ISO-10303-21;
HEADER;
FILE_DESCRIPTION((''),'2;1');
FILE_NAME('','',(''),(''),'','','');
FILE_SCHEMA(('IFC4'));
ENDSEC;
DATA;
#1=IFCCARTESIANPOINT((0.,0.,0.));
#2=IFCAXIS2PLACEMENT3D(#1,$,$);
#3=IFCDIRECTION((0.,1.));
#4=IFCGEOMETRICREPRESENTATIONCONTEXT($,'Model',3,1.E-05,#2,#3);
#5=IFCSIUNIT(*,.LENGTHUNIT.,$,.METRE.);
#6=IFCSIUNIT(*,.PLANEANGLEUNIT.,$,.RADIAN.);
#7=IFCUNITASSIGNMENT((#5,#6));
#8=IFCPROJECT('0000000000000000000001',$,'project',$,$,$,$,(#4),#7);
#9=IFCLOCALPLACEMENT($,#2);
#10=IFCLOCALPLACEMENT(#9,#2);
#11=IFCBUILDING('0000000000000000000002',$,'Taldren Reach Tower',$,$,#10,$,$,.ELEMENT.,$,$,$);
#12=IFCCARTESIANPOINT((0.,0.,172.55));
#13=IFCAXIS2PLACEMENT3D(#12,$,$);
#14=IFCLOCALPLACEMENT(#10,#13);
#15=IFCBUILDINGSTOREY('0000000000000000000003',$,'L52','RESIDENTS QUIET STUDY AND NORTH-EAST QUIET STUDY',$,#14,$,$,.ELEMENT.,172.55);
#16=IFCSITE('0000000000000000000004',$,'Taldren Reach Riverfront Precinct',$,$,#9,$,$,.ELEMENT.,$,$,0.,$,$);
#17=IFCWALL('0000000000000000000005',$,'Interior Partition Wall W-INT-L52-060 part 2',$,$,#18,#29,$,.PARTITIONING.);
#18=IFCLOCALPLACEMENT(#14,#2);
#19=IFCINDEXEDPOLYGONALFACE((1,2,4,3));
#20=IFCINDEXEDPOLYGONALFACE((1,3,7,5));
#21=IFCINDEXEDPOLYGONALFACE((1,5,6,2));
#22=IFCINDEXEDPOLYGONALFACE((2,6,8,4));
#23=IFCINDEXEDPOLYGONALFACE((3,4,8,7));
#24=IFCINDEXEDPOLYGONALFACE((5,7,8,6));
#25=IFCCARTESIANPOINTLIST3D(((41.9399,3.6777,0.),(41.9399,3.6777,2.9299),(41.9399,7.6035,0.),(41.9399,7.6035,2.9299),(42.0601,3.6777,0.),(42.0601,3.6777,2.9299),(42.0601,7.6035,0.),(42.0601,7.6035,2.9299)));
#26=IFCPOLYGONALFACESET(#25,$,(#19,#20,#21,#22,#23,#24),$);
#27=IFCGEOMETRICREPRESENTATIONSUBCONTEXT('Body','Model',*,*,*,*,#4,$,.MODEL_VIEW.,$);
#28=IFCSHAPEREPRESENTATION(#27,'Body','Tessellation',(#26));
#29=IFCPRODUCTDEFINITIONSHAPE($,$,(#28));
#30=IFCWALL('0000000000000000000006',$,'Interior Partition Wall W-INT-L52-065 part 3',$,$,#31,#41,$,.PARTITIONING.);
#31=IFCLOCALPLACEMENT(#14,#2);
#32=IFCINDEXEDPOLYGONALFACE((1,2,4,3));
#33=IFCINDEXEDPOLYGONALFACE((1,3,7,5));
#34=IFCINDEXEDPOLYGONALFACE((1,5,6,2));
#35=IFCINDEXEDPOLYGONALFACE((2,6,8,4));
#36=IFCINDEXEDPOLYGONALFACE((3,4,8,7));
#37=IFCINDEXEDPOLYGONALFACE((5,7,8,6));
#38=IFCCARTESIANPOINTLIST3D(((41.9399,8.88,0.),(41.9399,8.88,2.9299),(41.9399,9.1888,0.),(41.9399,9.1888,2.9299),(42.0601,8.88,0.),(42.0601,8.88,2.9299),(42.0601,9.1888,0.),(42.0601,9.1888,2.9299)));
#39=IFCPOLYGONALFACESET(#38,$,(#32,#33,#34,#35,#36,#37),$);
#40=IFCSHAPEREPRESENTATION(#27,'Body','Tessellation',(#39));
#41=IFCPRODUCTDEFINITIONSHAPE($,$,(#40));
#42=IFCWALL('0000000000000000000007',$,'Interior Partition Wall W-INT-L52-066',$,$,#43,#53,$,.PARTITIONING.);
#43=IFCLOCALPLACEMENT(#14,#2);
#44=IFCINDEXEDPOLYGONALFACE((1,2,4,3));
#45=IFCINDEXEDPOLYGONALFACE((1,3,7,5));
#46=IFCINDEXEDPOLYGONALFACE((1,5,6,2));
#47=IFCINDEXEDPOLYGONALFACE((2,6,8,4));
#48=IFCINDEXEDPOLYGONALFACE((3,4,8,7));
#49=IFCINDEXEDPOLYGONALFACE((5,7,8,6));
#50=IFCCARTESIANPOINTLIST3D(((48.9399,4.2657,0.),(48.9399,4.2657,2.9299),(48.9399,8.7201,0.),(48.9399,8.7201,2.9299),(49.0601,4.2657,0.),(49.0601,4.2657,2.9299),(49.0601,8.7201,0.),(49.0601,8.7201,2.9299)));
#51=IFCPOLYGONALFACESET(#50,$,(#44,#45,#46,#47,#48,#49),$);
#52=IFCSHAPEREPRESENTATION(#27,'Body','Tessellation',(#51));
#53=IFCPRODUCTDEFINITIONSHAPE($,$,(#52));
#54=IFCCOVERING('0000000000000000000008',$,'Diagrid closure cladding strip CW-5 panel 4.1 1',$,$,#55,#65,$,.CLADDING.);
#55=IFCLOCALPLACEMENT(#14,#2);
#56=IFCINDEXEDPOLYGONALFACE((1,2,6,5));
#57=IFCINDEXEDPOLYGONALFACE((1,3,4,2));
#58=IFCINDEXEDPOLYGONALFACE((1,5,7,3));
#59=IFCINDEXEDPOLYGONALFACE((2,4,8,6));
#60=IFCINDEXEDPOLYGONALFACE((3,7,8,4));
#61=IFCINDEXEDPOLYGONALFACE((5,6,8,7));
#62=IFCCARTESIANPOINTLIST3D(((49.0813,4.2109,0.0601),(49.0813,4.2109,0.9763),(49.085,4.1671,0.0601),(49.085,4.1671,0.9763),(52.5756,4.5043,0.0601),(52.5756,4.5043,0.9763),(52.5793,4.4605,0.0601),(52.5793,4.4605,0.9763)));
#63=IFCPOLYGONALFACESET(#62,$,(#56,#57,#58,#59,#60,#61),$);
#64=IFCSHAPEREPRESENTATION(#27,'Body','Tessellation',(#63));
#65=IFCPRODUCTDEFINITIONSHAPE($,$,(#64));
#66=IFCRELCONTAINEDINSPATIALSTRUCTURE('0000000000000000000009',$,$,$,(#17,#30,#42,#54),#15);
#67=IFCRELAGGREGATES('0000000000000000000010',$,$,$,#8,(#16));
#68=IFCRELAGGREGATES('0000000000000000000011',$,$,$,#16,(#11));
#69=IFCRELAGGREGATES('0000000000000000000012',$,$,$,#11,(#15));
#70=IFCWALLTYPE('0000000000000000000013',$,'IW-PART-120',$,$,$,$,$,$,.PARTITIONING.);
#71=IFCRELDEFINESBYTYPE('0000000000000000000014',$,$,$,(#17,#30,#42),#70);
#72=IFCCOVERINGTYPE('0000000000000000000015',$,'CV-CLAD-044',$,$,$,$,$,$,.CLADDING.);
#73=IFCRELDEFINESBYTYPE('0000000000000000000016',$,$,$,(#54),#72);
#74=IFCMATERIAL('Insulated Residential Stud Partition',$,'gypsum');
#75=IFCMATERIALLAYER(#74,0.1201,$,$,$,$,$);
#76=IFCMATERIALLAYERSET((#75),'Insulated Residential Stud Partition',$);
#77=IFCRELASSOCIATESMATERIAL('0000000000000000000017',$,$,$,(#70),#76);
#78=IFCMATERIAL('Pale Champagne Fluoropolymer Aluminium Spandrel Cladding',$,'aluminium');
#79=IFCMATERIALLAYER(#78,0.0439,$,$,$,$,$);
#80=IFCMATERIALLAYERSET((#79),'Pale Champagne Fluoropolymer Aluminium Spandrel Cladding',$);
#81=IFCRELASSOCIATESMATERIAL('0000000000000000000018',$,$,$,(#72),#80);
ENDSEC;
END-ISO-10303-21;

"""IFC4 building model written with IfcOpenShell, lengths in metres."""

from ifc_helpers import new_model, si_unit, direction, frame, frame_2d, origin, origin_2d, place, context, subcontext, project, spatial, rectangle, extrude, source, transform, mapped, material, layer, layer_set, type_object, element, save


model = new_model("IFC4")

# Units and contexts
model_context = context("Model", 3, precision=1e-05, world=origin(), true_north=direction((0.0, 1.0)))
body_context = subcontext(model_context, "Body", "Model", "MODEL_VIEW")
ifc_project = project(units=[si_unit("LENGTHUNIT", "METRE"), si_unit("PLANEANGLEUNIT", "RADIAN")], contexts=[model_context])

# Site, building, storey
site_placement = place(None, origin())
site = spatial("IfcSite", under=ifc_project, at=site_placement, Name="Taldren Reach Riverfront Precinct", CompositionType="ELEMENT", RefElevation=0.0)
building_placement = place(site_placement, origin())
building = spatial("IfcBuilding", under=site, at=building_placement, Name="Taldren Reach Tower", CompositionType="ELEMENT")
storey_placement = place(building_placement, frame((0.0, 0.0, 172.55)))
storey = spatial("IfcBuildingStorey", under=building, at=storey_placement, Name="L52", Description="RESIDENTS QUIET STUDY AND NORTH-EAST QUIET STUDY", CompositionType="ELEMENT", Elevation=172.55)

# Shared definitions
ifc_material_1 = material(Name="Insulated Residential Stud Partition", Category="gypsum")
ifc_layer_1 = layer(ifc_material_1, 0.1201)
ifc_layer_set_1 = layer_set([ifc_layer_1], Name="Insulated Residential Stud Partition")
wall_type_1 = type_object("IfcWallType", Name="IW-PART-120", PredefinedType="PARTITIONING", material=ifc_layer_set_1)

# Walls
shared_shape_1 = source(origin(), body_context, "Body", "SweptSolid", [
    extrude(rectangle(XDim=3.9258, YDim=0.1201, at=frame_2d((1.9629, 0.0))), origin(), (0.0, 0.0, 1.0), 2.9299),
])
wall_1_placement = place(storey_placement, frame((42.0, 7.6035, 0.0), z_axis=(0.0, 0.0, 1.0), x_axis=(0.0, -1.0, 0.0)))
element("IfcWall", 1, at=wall_1_placement, inside=storey, type_object=wall_type_1, Name="Interior Partition Wall W-INT-L52-060 part 2", PredefinedType="PARTITIONING", context=body_context, shape_type="MappedRepresentation", body=[
    mapped(shared_shape_1, transform((0.0, 0.0, 0.0), scale=1.0)),
])
shared_shape_2 = source(origin(), body_context, "Body", "SweptSolid", [
    extrude(rectangle(XDim=0.3088, YDim=0.1201, at=frame_2d((0.1543, 0.0))), origin(), (0.0, 0.0, 1.0), 2.9299),
])
wall_2_placement = place(storey_placement, frame((42.0, 9.1887, 0.0), z_axis=(0.0, 0.0, 1.0), x_axis=(0.0, -1.0, 0.0)))
element("IfcWall", 2, at=wall_2_placement, inside=storey, type_object=wall_type_1, Name="Interior Partition Wall W-INT-L52-065 part 3", PredefinedType="PARTITIONING", context=body_context, shape_type="MappedRepresentation", body=[
    mapped(shared_shape_2, transform((0.0, 0.0, 0.0), scale=1.0)),
])
shared_shape_3 = source(origin(), body_context, "Body", "SweptSolid", [
    extrude(rectangle(XDim=4.4543, YDim=0.1201, at=frame_2d((2.2271, 0.0))), origin(), (0.0, 0.0, 1.0), 2.9299),
])
wall_3_placement = place(storey_placement, frame((49.0, 8.72, 0.0), z_axis=(0.0, 0.0, 1.0), x_axis=(0.0, -1.0, 0.0)))
element("IfcWall", 3, at=wall_3_placement, inside=storey, type_object=wall_type_1, Name="Interior Partition Wall W-INT-L52-066", PredefinedType="PARTITIONING", context=body_context, shape_type="MappedRepresentation", body=[
    mapped(shared_shape_3, transform((0.0, 0.0, 0.0), scale=1.0)),
])

# Covering
ifc_material_2 = material(Name="Pale Champagne Fluoropolymer Aluminium Spandrel Cladding", Category="aluminium")
ifc_layer_2 = layer(ifc_material_2, 0.0439)
ifc_layer_set_2 = layer_set([ifc_layer_2], Name="Pale Champagne Fluoropolymer Aluminium Spandrel Cladding")
covering_type = type_object("IfcCoveringType", Name="CV-CLAD-044", PredefinedType="CLADDING", material=ifc_layer_set_2)
shared_shape_4 = source(origin(), body_context, "Body", "SweptSolid", [
    extrude(rectangle(XDim=3.5066, YDim=0.0439, at=origin_2d()), origin(), (0.0, 0.0, 1.0), 0.9163),
])
covering_placement = place(storey_placement, frame((50.8303, 4.3357, 0.0601), z_axis=(0.0, 0.0, 1.0), x_axis=(0.996493, 0.083678, 0.0)))
element("IfcCovering", 4, at=covering_placement, inside=storey, type_object=covering_type, Name="Diagrid closure cladding strip CW-5 panel 4.1 1", PredefinedType="CLADDING", context=body_context, shape_type="MappedRepresentation", body=[
    mapped(shared_shape_4, transform((0.0, 0.0, 0.0), scale=1.0)),
])

save(model, "model.ifc")
